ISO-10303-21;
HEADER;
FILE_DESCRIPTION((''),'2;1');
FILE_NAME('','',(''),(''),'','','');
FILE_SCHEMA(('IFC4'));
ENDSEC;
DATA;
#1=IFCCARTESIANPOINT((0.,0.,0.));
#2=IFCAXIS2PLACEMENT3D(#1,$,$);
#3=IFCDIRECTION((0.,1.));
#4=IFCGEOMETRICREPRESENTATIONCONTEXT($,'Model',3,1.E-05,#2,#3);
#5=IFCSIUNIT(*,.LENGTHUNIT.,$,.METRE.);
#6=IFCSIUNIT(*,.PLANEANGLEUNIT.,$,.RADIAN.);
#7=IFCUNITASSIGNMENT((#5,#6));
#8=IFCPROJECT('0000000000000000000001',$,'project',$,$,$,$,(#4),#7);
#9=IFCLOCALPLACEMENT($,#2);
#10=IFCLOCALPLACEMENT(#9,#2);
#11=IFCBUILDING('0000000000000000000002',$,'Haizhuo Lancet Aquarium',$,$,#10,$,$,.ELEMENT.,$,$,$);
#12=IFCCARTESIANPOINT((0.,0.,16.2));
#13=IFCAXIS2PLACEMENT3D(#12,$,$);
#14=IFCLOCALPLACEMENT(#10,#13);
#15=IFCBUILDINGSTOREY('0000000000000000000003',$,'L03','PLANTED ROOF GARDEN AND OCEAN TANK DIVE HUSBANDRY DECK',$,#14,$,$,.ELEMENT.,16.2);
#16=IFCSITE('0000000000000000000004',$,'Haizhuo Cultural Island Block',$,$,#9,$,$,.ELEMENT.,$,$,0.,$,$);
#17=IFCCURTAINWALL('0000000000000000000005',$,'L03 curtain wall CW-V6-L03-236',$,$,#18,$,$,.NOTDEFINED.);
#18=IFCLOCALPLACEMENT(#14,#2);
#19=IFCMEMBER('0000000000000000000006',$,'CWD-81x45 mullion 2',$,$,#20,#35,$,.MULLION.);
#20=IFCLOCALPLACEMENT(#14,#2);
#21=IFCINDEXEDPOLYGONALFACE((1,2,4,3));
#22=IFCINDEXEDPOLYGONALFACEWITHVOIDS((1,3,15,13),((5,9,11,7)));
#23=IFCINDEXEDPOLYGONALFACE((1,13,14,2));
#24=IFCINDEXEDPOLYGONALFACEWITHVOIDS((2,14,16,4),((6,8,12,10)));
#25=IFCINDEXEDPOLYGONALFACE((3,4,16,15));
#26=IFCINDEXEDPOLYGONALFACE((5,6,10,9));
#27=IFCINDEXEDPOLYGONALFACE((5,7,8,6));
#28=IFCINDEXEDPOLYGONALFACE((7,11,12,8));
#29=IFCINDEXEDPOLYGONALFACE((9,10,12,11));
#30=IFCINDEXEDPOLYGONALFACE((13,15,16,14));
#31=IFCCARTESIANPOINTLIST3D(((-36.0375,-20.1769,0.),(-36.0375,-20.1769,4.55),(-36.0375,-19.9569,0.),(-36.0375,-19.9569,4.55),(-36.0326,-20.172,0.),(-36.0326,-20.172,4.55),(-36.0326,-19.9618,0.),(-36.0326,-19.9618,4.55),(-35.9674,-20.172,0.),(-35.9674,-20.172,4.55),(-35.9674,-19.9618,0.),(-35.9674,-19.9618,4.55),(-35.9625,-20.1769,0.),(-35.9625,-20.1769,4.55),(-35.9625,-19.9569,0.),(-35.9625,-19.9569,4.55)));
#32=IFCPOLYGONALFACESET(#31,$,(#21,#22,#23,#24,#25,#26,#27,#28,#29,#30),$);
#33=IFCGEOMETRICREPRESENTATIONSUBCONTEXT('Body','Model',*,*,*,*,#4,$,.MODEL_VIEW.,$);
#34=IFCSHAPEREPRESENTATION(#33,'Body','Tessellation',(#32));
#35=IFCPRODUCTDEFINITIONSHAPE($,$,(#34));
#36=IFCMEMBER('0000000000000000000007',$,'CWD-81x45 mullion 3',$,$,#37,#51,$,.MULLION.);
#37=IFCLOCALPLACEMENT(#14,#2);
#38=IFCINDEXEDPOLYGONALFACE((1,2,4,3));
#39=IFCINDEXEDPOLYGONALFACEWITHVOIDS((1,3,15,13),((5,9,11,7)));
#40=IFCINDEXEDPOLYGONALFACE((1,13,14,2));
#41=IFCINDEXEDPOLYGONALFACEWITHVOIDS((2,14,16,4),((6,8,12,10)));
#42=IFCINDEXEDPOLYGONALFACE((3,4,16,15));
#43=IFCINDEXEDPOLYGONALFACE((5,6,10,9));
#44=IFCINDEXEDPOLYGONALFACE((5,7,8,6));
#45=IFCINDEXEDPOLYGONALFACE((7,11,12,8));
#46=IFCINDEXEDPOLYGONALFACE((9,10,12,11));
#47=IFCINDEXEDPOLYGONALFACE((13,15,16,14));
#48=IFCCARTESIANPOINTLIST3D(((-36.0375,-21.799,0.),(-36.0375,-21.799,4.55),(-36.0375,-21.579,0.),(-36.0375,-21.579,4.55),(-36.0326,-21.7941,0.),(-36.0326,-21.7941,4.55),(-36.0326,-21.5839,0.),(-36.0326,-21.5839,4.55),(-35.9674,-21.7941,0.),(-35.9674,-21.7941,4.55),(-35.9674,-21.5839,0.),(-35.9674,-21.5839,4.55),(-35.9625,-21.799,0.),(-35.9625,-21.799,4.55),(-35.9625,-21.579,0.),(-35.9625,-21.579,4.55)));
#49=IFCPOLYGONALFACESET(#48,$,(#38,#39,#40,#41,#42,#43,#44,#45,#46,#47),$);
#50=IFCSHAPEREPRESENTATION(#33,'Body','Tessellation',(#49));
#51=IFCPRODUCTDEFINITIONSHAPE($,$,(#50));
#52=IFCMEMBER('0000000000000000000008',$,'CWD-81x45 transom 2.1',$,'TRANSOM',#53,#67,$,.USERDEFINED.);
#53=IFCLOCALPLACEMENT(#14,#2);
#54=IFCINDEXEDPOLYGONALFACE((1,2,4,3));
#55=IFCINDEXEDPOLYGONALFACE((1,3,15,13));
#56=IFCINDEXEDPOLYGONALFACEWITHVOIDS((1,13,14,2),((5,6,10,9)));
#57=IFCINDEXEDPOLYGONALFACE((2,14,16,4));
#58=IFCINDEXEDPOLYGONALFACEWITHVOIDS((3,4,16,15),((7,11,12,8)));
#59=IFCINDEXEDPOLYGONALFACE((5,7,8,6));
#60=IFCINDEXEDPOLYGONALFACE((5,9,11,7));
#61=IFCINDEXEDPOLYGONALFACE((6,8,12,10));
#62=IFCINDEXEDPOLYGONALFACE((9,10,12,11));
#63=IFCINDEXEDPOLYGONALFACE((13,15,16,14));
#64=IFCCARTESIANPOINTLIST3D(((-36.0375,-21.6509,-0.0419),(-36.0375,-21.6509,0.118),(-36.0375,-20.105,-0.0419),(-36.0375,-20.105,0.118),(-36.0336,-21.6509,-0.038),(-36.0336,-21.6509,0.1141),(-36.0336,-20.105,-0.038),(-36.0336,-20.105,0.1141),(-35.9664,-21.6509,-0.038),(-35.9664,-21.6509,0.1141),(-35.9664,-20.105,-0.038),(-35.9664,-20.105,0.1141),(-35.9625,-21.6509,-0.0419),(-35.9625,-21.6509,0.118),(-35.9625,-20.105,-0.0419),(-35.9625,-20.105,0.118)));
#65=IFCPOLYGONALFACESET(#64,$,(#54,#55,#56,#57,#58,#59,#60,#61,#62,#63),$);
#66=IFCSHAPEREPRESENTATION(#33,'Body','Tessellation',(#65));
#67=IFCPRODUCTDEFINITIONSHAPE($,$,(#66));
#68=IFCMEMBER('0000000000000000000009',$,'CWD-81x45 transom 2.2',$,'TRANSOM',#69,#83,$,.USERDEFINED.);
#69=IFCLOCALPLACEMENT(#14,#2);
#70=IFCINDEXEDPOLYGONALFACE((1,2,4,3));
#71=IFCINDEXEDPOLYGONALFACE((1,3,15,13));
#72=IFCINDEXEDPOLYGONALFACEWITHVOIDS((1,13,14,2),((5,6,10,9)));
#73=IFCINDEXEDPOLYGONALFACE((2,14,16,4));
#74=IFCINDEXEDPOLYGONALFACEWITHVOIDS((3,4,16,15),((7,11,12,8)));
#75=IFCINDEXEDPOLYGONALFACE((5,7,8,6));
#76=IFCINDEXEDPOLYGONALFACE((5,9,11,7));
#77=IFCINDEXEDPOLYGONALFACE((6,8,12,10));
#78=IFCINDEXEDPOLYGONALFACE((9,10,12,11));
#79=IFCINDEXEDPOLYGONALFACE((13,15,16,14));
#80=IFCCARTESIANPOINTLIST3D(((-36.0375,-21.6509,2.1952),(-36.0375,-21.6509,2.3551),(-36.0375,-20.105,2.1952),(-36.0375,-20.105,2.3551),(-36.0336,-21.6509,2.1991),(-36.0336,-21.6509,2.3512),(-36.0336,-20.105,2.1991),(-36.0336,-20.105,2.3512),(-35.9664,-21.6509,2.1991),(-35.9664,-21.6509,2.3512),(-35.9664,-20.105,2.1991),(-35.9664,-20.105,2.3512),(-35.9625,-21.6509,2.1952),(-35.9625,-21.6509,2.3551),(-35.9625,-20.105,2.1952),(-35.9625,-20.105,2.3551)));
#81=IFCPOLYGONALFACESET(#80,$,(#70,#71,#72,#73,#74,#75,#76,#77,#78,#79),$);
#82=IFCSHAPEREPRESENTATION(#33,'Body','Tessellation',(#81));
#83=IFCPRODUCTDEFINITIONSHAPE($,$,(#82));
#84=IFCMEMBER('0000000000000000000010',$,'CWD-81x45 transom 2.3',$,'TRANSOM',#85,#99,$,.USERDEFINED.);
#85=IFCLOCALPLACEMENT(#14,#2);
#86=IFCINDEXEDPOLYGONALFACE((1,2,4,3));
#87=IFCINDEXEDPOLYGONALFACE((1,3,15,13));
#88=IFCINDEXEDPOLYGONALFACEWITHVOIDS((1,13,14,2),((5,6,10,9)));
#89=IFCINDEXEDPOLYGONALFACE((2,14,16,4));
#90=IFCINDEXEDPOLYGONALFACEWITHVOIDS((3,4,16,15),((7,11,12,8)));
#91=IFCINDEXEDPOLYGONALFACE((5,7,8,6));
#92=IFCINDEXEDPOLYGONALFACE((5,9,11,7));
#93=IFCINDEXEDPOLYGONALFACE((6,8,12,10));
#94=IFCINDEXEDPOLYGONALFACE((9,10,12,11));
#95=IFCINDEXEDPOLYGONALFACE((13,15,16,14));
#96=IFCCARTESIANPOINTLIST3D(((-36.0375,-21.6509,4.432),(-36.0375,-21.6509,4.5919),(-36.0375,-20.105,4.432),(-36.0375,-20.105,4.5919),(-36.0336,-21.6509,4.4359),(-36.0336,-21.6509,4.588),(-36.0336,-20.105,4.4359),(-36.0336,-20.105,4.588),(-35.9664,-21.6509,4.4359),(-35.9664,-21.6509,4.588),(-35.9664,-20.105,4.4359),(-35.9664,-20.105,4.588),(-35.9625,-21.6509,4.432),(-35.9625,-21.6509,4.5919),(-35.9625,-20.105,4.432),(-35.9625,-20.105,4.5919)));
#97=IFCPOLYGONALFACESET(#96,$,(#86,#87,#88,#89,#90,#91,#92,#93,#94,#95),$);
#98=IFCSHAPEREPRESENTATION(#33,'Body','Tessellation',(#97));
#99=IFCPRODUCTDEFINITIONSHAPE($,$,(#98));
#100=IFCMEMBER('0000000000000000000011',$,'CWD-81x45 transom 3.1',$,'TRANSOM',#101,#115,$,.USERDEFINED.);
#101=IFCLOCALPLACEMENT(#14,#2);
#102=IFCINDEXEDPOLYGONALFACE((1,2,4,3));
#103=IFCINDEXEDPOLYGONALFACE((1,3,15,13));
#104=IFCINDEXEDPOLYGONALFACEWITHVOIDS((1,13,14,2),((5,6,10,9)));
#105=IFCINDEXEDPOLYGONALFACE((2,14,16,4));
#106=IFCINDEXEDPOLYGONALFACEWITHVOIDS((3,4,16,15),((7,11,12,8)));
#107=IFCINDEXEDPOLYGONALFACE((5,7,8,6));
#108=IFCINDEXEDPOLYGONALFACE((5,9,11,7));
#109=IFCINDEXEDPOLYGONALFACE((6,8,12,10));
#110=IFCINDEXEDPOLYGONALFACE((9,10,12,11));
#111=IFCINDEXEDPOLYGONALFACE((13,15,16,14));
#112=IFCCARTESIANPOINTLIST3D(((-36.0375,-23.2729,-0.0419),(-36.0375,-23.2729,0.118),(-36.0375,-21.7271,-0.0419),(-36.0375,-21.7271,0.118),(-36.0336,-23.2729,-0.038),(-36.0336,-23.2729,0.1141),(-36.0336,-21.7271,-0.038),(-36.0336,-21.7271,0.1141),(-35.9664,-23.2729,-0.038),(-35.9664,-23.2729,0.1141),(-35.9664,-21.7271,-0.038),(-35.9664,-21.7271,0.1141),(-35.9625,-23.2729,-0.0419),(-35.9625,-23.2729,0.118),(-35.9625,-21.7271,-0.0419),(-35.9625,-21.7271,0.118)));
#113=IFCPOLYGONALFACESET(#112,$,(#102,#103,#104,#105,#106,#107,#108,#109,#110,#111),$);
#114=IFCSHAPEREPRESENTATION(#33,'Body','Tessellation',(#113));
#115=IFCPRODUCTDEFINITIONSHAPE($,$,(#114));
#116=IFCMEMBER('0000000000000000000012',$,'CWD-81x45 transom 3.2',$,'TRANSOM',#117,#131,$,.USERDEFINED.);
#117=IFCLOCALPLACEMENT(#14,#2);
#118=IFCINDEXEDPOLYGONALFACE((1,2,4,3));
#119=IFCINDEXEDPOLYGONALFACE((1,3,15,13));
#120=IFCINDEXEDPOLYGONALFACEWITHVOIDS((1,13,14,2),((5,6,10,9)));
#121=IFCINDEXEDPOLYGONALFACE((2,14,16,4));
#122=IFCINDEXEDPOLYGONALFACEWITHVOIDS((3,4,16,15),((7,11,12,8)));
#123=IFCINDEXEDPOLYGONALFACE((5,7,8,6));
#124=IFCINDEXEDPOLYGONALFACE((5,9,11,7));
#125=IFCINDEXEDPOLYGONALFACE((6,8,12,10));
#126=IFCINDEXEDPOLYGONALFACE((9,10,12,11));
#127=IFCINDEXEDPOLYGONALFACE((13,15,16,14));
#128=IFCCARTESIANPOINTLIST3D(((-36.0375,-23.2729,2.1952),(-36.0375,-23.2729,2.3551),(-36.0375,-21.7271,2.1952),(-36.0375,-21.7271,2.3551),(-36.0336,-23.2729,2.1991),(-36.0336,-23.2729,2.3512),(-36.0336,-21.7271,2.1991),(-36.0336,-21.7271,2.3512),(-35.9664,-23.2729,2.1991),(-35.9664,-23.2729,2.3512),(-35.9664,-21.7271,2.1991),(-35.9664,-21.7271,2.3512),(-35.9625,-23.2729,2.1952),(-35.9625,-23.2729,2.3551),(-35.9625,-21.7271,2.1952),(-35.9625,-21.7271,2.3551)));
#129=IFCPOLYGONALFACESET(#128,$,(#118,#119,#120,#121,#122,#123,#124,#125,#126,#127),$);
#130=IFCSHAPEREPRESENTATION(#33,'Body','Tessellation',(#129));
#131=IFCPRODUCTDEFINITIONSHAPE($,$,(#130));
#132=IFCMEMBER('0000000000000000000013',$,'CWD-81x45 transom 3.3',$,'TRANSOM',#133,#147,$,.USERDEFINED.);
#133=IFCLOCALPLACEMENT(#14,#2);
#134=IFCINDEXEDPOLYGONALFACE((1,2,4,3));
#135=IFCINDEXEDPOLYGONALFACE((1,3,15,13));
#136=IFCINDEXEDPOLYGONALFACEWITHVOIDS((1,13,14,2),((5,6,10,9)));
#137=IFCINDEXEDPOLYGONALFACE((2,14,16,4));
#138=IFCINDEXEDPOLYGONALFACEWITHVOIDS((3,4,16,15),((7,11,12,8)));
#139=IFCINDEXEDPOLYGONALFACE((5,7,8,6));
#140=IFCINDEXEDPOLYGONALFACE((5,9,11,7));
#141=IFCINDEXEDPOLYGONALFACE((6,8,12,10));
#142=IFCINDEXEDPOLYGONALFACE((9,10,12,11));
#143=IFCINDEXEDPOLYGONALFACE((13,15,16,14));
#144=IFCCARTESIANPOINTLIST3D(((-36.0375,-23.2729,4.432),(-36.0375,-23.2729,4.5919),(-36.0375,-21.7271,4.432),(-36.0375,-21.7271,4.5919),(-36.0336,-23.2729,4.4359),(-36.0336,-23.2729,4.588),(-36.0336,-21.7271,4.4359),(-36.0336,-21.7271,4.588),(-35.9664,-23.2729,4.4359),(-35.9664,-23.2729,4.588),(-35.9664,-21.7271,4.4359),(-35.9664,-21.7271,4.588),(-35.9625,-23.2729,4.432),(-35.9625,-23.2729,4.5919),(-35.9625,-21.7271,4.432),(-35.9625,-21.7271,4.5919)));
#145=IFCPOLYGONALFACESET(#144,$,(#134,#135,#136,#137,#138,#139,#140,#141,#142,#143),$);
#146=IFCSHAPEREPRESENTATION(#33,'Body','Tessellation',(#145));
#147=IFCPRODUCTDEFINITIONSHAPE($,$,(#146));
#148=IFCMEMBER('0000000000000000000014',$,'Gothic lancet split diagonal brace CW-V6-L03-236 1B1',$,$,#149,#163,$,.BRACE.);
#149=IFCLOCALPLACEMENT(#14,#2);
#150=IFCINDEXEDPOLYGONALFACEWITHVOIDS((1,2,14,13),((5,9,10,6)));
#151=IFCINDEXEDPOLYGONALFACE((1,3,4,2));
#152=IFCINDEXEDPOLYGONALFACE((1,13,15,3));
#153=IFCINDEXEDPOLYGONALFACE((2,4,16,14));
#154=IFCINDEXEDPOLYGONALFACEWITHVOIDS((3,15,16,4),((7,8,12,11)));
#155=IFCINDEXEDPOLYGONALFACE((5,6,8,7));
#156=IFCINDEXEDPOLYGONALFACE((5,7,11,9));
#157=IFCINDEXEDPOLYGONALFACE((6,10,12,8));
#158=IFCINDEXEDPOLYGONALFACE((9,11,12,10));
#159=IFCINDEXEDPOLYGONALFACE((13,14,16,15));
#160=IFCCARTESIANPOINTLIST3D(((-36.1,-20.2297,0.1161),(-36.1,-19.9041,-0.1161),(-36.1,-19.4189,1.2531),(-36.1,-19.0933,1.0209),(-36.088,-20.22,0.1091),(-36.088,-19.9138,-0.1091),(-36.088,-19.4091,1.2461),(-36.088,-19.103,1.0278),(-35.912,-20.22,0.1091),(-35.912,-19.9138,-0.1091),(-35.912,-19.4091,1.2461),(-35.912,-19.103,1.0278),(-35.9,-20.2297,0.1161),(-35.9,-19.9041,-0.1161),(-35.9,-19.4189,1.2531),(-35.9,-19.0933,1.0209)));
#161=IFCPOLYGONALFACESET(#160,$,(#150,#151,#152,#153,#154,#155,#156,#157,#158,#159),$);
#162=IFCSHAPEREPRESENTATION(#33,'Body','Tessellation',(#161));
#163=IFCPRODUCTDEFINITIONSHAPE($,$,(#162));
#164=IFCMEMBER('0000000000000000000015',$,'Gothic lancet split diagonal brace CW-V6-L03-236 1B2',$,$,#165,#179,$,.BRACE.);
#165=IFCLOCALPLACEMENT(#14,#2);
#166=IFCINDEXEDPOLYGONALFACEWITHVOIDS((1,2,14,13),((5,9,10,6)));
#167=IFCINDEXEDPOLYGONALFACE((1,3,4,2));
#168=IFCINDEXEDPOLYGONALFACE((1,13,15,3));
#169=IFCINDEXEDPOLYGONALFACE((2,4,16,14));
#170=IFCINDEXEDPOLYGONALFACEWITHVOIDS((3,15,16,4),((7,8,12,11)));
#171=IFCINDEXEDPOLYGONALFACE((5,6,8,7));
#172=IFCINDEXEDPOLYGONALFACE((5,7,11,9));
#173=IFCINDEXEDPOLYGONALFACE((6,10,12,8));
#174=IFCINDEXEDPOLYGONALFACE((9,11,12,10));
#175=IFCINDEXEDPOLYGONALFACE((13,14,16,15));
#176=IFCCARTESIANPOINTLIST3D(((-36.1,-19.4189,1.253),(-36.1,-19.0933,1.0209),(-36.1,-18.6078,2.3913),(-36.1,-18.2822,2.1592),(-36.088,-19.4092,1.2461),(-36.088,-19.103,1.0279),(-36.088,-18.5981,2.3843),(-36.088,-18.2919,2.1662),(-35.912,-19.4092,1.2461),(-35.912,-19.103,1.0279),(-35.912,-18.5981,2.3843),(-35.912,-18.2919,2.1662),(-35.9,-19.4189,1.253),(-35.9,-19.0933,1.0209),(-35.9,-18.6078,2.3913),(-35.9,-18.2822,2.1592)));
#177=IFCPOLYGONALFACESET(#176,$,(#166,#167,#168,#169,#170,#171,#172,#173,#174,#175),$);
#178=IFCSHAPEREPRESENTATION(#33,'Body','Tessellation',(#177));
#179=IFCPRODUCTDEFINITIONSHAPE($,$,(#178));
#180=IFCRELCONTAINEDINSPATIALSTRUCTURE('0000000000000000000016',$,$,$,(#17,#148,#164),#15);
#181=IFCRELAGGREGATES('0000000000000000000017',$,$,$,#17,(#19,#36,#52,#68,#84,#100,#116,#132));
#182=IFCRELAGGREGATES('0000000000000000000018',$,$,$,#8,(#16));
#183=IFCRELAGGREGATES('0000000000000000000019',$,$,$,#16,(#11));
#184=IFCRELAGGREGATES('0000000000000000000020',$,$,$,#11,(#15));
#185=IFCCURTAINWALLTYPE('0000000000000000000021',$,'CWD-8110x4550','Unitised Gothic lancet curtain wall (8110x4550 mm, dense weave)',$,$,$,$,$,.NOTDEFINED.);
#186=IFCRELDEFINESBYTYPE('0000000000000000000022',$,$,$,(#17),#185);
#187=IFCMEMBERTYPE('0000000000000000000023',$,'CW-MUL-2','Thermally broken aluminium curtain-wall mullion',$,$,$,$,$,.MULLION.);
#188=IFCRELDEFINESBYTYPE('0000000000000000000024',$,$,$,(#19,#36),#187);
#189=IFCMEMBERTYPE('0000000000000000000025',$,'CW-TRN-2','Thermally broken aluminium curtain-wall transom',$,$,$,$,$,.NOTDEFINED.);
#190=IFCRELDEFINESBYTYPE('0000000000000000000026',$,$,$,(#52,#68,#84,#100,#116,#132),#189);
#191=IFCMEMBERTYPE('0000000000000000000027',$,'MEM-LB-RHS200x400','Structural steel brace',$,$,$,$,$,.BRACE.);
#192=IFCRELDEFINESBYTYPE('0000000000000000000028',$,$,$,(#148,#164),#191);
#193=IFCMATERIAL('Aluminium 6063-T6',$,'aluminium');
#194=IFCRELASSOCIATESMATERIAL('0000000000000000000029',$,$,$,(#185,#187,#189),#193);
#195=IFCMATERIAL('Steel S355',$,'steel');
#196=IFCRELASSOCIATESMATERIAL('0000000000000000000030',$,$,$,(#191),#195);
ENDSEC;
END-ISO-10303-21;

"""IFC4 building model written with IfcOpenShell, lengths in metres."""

from ifc_helpers import new_model, si_unit, direction, frame, origin, origin_2d, place, context, subcontext, project, spatial, hollow_rectangle, extrude, material, material_profile, profile_set, type_object, element, aggregate, save


model = new_model("IFC4")

# Units and contexts
model_context = context("Model", 3, precision=1e-05, world=origin(), true_north=direction((0.0, 1.0)))
body_context = subcontext(model_context, "Body", "Model", "MODEL_VIEW")
ifc_project = project(units=[si_unit("LENGTHUNIT", "METRE"), si_unit("PLANEANGLEUNIT", "RADIAN")], contexts=[model_context])

# Site, building, storey
site_placement = place(None, origin())
site = spatial("IfcSite", under=ifc_project, at=site_placement, Name="Haizhuo Cultural Island Block", CompositionType="ELEMENT", RefElevation=0.0)
building_placement = place(site_placement, origin())
building = spatial("IfcBuilding", under=site, at=building_placement, Name="Haizhuo Lancet Aquarium", CompositionType="ELEMENT")
storey_placement = place(building_placement, frame((0.0, 0.0, 16.2)))
storey = spatial("IfcBuildingStorey", under=building, at=storey_placement, Name="L03", Description="PLANTED ROOF GARDEN AND OCEAN TANK DIVE HUSBANDRY DECK", CompositionType="ELEMENT", Elevation=16.2)

# Curtain wall, members
ifc_material_1 = material(Name="Aluminium 6063-T6", Category="aluminium")
curtain_wall_type = type_object("IfcCurtainWallType", Name="CWD-8110x4550", Description="Unitised Gothic lancet curtain wall (8110x4550 mm, dense weave)", PredefinedType="NOTDEFINED", material=ifc_material_1)
curtain_wall_placement = place(storey_placement, origin())
curtain_wall = element("IfcCurtainWall", 1, at=curtain_wall_placement, inside=storey, type_object=curtain_wall_type, Name="L03 curtain wall CW-V6-L03-236", PredefinedType="NOTDEFINED")
ifc_material_profile_1 = material_profile(ifc_material_1, hollow_rectangle(XDim=0.075, YDim=0.22, WallThickness=0.0049, at=origin_2d()), Name="ALU-M 75x220x5")
ifc_profile_set_1 = profile_set([ifc_material_profile_1], Name="Aluminium 6063-T6")
member_type_1 = type_object("IfcMemberType", Name="CW-MUL-2", Description="Thermally broken aluminium curtain-wall mullion", PredefinedType="MULLION", material=ifc_profile_set_1)
member_1_placement = place(storey_placement, frame((-36.0, -20.0669, 0.0), z_axis=(0.0, 0.0, 1.0), x_axis=(1.0, 0.0, 0.0)))
member_1 = element("IfcMember", 2, at=member_1_placement, type_object=member_type_1, Name="CWD-81x45 mullion 2", PredefinedType="MULLION", context=body_context, shape_type="SweptSolid", body=[
    extrude(hollow_rectangle(XDim=0.075, YDim=0.22, WallThickness=0.0049, at=origin_2d()), origin(), (0.0, 0.0, 1.0), 4.55),
])
member_2_placement = place(storey_placement, frame((-36.0, -21.689, 0.0), z_axis=(0.0, 0.0, 1.0), x_axis=(1.0, 0.0, 0.0)))
member_2 = element("IfcMember", 3, at=member_2_placement, type_object=member_type_1, Name="CWD-81x45 mullion 3", PredefinedType="MULLION", context=body_context, shape_type="SweptSolid", body=[
    extrude(hollow_rectangle(XDim=0.075, YDim=0.22, WallThickness=0.0049, at=origin_2d()), origin(), (0.0, 0.0, 1.0), 4.55),
])
ifc_material_profile_2 = material_profile(ifc_material_1, hollow_rectangle(XDim=0.075, YDim=0.1599, WallThickness=0.0039, at=origin_2d()), Name="ALU-T 75x160x4")
ifc_profile_set_2 = profile_set([ifc_material_profile_2], Name="Aluminium 6063-T6")
member_type_2 = type_object("IfcMemberType", Name="CW-TRN-2", Description="Thermally broken aluminium curtain-wall transom", PredefinedType="NOTDEFINED", material=ifc_profile_set_2)
member_3_placement = place(storey_placement, frame((-36.0, -20.105, 0.0381), z_axis=(0.0, -1.0, 0.0), x_axis=(1.0, 0.0, 0.0)))
member_3 = element("IfcMember", 4, at=member_3_placement, type_object=member_type_2, Name="CWD-81x45 transom 2.1", ObjectType="TRANSOM", PredefinedType="USERDEFINED", context=body_context, shape_type="SweptSolid", body=[
    extrude(hollow_rectangle(XDim=0.075, YDim=0.1599, WallThickness=0.0039, at=origin_2d()), origin(), (0.0, 0.0, 1.0), 1.5459),
])
member_4_placement = place(storey_placement, frame((-36.0, -20.105, 2.2751), z_axis=(0.0, -1.0, 0.0), x_axis=(1.0, 0.0, 0.0)))
member_4 = element("IfcMember", 5, at=member_4_placement, type_object=member_type_2, Name="CWD-81x45 transom 2.2", ObjectType="TRANSOM", PredefinedType="USERDEFINED", context=body_context, shape_type="SweptSolid", body=[
    extrude(hollow_rectangle(XDim=0.075, YDim=0.1599, WallThickness=0.0039, at=origin_2d()), origin(), (0.0, 0.0, 1.0), 1.5459),
])
member_5_placement = place(storey_placement, frame((-36.0, -20.105, 4.512), z_axis=(0.0, -1.0, 0.0), x_axis=(1.0, 0.0, 0.0)))
member_5 = element("IfcMember", 6, at=member_5_placement, type_object=member_type_2, Name="CWD-81x45 transom 2.3", ObjectType="TRANSOM", PredefinedType="USERDEFINED", context=body_context, shape_type="SweptSolid", body=[
    extrude(hollow_rectangle(XDim=0.075, YDim=0.1599, WallThickness=0.0039, at=origin_2d()), origin(), (0.0, 0.0, 1.0), 1.5459),
])
member_6_placement = place(storey_placement, frame((-36.0, -21.7271, 0.0381), z_axis=(0.0, -1.0, 0.0), x_axis=(1.0, 0.0, 0.0)))
member_6 = element("IfcMember", 7, at=member_6_placement, type_object=member_type_2, Name="CWD-81x45 transom 3.1", ObjectType="TRANSOM", PredefinedType="USERDEFINED", context=body_context, shape_type="SweptSolid", body=[
    extrude(hollow_rectangle(XDim=0.075, YDim=0.1599, WallThickness=0.0039, at=origin_2d()), origin(), (0.0, 0.0, 1.0), 1.5459),
])
member_7_placement = place(storey_placement, frame((-36.0, -21.7271, 2.2751), z_axis=(0.0, -1.0, 0.0), x_axis=(1.0, 0.0, 0.0)))
member_7 = element("IfcMember", 8, at=member_7_placement, type_object=member_type_2, Name="CWD-81x45 transom 3.2", ObjectType="TRANSOM", PredefinedType="USERDEFINED", context=body_context, shape_type="SweptSolid", body=[
    extrude(hollow_rectangle(XDim=0.075, YDim=0.1599, WallThickness=0.0039, at=origin_2d()), origin(), (0.0, 0.0, 1.0), 1.5459),
])
member_8_placement = place(storey_placement, frame((-36.0, -21.7271, 4.512), z_axis=(0.0, -1.0, 0.0), x_axis=(1.0, 0.0, 0.0)))
member_8 = element("IfcMember", 9, at=member_8_placement, type_object=member_type_2, Name="CWD-81x45 transom 3.3", ObjectType="TRANSOM", PredefinedType="USERDEFINED", context=body_context, shape_type="SweptSolid", body=[
    extrude(hollow_rectangle(XDim=0.075, YDim=0.1599, WallThickness=0.0039, at=origin_2d()), origin(), (0.0, 0.0, 1.0), 1.5459),
])

# Members
ifc_material_2 = material(Name="Steel S355", Category="steel")
ifc_material_profile_3 = material_profile(ifc_material_2, hollow_rectangle(XDim=0.2, YDim=0.3999, WallThickness=0.012, at=origin_2d()), Name="RHS 200x400x12")
ifc_profile_set_3 = profile_set([ifc_material_profile_3], Name="Steel S355")
member_type_3 = type_object("IfcMemberType", Name="MEM-LB-RHS200x400", Description="Structural steel brace", PredefinedType="BRACE", material=ifc_profile_set_3)
member_9_placement = place(storey_placement, frame((-36.0, -20.0669, 0.0), z_axis=(0.0, 0.58061, 0.814182), x_axis=(-1.0, 0.0, 0.0)))
element("IfcMember", 10, at=member_9_placement, inside=storey, type_object=member_type_3, Name="Gothic lancet split diagonal brace CW-V6-L03-236 1B1", PredefinedType="BRACE", context=body_context, shape_type="SweptSolid", body=[
    extrude(hollow_rectangle(XDim=0.2, YDim=0.3999, WallThickness=0.012, at=origin_2d()), origin(), (0.0, 0.0, 1.0), 1.3965),
])
member_10_placement = place(storey_placement, frame((-36.0, -19.2561, 1.137), z_axis=(0.0, 0.580312, 0.814394), x_axis=(-1.0, 0.0, 0.0)))
element("IfcMember", 11, at=member_10_placement, inside=storey, type_object=member_type_3, Name="Gothic lancet split diagonal brace CW-V6-L03-236 1B2", PredefinedType="BRACE", context=body_context, shape_type="SweptSolid", body=[
    extrude(hollow_rectangle(XDim=0.2, YDim=0.3999, WallThickness=0.012, at=origin_2d()), origin(), (0.0, 0.0, 1.0), 1.3977),
])

aggregate(curtain_wall, [member_1, member_2, member_3, member_4, member_5, member_6, member_7, member_8])

save(model, "model.ifc")
